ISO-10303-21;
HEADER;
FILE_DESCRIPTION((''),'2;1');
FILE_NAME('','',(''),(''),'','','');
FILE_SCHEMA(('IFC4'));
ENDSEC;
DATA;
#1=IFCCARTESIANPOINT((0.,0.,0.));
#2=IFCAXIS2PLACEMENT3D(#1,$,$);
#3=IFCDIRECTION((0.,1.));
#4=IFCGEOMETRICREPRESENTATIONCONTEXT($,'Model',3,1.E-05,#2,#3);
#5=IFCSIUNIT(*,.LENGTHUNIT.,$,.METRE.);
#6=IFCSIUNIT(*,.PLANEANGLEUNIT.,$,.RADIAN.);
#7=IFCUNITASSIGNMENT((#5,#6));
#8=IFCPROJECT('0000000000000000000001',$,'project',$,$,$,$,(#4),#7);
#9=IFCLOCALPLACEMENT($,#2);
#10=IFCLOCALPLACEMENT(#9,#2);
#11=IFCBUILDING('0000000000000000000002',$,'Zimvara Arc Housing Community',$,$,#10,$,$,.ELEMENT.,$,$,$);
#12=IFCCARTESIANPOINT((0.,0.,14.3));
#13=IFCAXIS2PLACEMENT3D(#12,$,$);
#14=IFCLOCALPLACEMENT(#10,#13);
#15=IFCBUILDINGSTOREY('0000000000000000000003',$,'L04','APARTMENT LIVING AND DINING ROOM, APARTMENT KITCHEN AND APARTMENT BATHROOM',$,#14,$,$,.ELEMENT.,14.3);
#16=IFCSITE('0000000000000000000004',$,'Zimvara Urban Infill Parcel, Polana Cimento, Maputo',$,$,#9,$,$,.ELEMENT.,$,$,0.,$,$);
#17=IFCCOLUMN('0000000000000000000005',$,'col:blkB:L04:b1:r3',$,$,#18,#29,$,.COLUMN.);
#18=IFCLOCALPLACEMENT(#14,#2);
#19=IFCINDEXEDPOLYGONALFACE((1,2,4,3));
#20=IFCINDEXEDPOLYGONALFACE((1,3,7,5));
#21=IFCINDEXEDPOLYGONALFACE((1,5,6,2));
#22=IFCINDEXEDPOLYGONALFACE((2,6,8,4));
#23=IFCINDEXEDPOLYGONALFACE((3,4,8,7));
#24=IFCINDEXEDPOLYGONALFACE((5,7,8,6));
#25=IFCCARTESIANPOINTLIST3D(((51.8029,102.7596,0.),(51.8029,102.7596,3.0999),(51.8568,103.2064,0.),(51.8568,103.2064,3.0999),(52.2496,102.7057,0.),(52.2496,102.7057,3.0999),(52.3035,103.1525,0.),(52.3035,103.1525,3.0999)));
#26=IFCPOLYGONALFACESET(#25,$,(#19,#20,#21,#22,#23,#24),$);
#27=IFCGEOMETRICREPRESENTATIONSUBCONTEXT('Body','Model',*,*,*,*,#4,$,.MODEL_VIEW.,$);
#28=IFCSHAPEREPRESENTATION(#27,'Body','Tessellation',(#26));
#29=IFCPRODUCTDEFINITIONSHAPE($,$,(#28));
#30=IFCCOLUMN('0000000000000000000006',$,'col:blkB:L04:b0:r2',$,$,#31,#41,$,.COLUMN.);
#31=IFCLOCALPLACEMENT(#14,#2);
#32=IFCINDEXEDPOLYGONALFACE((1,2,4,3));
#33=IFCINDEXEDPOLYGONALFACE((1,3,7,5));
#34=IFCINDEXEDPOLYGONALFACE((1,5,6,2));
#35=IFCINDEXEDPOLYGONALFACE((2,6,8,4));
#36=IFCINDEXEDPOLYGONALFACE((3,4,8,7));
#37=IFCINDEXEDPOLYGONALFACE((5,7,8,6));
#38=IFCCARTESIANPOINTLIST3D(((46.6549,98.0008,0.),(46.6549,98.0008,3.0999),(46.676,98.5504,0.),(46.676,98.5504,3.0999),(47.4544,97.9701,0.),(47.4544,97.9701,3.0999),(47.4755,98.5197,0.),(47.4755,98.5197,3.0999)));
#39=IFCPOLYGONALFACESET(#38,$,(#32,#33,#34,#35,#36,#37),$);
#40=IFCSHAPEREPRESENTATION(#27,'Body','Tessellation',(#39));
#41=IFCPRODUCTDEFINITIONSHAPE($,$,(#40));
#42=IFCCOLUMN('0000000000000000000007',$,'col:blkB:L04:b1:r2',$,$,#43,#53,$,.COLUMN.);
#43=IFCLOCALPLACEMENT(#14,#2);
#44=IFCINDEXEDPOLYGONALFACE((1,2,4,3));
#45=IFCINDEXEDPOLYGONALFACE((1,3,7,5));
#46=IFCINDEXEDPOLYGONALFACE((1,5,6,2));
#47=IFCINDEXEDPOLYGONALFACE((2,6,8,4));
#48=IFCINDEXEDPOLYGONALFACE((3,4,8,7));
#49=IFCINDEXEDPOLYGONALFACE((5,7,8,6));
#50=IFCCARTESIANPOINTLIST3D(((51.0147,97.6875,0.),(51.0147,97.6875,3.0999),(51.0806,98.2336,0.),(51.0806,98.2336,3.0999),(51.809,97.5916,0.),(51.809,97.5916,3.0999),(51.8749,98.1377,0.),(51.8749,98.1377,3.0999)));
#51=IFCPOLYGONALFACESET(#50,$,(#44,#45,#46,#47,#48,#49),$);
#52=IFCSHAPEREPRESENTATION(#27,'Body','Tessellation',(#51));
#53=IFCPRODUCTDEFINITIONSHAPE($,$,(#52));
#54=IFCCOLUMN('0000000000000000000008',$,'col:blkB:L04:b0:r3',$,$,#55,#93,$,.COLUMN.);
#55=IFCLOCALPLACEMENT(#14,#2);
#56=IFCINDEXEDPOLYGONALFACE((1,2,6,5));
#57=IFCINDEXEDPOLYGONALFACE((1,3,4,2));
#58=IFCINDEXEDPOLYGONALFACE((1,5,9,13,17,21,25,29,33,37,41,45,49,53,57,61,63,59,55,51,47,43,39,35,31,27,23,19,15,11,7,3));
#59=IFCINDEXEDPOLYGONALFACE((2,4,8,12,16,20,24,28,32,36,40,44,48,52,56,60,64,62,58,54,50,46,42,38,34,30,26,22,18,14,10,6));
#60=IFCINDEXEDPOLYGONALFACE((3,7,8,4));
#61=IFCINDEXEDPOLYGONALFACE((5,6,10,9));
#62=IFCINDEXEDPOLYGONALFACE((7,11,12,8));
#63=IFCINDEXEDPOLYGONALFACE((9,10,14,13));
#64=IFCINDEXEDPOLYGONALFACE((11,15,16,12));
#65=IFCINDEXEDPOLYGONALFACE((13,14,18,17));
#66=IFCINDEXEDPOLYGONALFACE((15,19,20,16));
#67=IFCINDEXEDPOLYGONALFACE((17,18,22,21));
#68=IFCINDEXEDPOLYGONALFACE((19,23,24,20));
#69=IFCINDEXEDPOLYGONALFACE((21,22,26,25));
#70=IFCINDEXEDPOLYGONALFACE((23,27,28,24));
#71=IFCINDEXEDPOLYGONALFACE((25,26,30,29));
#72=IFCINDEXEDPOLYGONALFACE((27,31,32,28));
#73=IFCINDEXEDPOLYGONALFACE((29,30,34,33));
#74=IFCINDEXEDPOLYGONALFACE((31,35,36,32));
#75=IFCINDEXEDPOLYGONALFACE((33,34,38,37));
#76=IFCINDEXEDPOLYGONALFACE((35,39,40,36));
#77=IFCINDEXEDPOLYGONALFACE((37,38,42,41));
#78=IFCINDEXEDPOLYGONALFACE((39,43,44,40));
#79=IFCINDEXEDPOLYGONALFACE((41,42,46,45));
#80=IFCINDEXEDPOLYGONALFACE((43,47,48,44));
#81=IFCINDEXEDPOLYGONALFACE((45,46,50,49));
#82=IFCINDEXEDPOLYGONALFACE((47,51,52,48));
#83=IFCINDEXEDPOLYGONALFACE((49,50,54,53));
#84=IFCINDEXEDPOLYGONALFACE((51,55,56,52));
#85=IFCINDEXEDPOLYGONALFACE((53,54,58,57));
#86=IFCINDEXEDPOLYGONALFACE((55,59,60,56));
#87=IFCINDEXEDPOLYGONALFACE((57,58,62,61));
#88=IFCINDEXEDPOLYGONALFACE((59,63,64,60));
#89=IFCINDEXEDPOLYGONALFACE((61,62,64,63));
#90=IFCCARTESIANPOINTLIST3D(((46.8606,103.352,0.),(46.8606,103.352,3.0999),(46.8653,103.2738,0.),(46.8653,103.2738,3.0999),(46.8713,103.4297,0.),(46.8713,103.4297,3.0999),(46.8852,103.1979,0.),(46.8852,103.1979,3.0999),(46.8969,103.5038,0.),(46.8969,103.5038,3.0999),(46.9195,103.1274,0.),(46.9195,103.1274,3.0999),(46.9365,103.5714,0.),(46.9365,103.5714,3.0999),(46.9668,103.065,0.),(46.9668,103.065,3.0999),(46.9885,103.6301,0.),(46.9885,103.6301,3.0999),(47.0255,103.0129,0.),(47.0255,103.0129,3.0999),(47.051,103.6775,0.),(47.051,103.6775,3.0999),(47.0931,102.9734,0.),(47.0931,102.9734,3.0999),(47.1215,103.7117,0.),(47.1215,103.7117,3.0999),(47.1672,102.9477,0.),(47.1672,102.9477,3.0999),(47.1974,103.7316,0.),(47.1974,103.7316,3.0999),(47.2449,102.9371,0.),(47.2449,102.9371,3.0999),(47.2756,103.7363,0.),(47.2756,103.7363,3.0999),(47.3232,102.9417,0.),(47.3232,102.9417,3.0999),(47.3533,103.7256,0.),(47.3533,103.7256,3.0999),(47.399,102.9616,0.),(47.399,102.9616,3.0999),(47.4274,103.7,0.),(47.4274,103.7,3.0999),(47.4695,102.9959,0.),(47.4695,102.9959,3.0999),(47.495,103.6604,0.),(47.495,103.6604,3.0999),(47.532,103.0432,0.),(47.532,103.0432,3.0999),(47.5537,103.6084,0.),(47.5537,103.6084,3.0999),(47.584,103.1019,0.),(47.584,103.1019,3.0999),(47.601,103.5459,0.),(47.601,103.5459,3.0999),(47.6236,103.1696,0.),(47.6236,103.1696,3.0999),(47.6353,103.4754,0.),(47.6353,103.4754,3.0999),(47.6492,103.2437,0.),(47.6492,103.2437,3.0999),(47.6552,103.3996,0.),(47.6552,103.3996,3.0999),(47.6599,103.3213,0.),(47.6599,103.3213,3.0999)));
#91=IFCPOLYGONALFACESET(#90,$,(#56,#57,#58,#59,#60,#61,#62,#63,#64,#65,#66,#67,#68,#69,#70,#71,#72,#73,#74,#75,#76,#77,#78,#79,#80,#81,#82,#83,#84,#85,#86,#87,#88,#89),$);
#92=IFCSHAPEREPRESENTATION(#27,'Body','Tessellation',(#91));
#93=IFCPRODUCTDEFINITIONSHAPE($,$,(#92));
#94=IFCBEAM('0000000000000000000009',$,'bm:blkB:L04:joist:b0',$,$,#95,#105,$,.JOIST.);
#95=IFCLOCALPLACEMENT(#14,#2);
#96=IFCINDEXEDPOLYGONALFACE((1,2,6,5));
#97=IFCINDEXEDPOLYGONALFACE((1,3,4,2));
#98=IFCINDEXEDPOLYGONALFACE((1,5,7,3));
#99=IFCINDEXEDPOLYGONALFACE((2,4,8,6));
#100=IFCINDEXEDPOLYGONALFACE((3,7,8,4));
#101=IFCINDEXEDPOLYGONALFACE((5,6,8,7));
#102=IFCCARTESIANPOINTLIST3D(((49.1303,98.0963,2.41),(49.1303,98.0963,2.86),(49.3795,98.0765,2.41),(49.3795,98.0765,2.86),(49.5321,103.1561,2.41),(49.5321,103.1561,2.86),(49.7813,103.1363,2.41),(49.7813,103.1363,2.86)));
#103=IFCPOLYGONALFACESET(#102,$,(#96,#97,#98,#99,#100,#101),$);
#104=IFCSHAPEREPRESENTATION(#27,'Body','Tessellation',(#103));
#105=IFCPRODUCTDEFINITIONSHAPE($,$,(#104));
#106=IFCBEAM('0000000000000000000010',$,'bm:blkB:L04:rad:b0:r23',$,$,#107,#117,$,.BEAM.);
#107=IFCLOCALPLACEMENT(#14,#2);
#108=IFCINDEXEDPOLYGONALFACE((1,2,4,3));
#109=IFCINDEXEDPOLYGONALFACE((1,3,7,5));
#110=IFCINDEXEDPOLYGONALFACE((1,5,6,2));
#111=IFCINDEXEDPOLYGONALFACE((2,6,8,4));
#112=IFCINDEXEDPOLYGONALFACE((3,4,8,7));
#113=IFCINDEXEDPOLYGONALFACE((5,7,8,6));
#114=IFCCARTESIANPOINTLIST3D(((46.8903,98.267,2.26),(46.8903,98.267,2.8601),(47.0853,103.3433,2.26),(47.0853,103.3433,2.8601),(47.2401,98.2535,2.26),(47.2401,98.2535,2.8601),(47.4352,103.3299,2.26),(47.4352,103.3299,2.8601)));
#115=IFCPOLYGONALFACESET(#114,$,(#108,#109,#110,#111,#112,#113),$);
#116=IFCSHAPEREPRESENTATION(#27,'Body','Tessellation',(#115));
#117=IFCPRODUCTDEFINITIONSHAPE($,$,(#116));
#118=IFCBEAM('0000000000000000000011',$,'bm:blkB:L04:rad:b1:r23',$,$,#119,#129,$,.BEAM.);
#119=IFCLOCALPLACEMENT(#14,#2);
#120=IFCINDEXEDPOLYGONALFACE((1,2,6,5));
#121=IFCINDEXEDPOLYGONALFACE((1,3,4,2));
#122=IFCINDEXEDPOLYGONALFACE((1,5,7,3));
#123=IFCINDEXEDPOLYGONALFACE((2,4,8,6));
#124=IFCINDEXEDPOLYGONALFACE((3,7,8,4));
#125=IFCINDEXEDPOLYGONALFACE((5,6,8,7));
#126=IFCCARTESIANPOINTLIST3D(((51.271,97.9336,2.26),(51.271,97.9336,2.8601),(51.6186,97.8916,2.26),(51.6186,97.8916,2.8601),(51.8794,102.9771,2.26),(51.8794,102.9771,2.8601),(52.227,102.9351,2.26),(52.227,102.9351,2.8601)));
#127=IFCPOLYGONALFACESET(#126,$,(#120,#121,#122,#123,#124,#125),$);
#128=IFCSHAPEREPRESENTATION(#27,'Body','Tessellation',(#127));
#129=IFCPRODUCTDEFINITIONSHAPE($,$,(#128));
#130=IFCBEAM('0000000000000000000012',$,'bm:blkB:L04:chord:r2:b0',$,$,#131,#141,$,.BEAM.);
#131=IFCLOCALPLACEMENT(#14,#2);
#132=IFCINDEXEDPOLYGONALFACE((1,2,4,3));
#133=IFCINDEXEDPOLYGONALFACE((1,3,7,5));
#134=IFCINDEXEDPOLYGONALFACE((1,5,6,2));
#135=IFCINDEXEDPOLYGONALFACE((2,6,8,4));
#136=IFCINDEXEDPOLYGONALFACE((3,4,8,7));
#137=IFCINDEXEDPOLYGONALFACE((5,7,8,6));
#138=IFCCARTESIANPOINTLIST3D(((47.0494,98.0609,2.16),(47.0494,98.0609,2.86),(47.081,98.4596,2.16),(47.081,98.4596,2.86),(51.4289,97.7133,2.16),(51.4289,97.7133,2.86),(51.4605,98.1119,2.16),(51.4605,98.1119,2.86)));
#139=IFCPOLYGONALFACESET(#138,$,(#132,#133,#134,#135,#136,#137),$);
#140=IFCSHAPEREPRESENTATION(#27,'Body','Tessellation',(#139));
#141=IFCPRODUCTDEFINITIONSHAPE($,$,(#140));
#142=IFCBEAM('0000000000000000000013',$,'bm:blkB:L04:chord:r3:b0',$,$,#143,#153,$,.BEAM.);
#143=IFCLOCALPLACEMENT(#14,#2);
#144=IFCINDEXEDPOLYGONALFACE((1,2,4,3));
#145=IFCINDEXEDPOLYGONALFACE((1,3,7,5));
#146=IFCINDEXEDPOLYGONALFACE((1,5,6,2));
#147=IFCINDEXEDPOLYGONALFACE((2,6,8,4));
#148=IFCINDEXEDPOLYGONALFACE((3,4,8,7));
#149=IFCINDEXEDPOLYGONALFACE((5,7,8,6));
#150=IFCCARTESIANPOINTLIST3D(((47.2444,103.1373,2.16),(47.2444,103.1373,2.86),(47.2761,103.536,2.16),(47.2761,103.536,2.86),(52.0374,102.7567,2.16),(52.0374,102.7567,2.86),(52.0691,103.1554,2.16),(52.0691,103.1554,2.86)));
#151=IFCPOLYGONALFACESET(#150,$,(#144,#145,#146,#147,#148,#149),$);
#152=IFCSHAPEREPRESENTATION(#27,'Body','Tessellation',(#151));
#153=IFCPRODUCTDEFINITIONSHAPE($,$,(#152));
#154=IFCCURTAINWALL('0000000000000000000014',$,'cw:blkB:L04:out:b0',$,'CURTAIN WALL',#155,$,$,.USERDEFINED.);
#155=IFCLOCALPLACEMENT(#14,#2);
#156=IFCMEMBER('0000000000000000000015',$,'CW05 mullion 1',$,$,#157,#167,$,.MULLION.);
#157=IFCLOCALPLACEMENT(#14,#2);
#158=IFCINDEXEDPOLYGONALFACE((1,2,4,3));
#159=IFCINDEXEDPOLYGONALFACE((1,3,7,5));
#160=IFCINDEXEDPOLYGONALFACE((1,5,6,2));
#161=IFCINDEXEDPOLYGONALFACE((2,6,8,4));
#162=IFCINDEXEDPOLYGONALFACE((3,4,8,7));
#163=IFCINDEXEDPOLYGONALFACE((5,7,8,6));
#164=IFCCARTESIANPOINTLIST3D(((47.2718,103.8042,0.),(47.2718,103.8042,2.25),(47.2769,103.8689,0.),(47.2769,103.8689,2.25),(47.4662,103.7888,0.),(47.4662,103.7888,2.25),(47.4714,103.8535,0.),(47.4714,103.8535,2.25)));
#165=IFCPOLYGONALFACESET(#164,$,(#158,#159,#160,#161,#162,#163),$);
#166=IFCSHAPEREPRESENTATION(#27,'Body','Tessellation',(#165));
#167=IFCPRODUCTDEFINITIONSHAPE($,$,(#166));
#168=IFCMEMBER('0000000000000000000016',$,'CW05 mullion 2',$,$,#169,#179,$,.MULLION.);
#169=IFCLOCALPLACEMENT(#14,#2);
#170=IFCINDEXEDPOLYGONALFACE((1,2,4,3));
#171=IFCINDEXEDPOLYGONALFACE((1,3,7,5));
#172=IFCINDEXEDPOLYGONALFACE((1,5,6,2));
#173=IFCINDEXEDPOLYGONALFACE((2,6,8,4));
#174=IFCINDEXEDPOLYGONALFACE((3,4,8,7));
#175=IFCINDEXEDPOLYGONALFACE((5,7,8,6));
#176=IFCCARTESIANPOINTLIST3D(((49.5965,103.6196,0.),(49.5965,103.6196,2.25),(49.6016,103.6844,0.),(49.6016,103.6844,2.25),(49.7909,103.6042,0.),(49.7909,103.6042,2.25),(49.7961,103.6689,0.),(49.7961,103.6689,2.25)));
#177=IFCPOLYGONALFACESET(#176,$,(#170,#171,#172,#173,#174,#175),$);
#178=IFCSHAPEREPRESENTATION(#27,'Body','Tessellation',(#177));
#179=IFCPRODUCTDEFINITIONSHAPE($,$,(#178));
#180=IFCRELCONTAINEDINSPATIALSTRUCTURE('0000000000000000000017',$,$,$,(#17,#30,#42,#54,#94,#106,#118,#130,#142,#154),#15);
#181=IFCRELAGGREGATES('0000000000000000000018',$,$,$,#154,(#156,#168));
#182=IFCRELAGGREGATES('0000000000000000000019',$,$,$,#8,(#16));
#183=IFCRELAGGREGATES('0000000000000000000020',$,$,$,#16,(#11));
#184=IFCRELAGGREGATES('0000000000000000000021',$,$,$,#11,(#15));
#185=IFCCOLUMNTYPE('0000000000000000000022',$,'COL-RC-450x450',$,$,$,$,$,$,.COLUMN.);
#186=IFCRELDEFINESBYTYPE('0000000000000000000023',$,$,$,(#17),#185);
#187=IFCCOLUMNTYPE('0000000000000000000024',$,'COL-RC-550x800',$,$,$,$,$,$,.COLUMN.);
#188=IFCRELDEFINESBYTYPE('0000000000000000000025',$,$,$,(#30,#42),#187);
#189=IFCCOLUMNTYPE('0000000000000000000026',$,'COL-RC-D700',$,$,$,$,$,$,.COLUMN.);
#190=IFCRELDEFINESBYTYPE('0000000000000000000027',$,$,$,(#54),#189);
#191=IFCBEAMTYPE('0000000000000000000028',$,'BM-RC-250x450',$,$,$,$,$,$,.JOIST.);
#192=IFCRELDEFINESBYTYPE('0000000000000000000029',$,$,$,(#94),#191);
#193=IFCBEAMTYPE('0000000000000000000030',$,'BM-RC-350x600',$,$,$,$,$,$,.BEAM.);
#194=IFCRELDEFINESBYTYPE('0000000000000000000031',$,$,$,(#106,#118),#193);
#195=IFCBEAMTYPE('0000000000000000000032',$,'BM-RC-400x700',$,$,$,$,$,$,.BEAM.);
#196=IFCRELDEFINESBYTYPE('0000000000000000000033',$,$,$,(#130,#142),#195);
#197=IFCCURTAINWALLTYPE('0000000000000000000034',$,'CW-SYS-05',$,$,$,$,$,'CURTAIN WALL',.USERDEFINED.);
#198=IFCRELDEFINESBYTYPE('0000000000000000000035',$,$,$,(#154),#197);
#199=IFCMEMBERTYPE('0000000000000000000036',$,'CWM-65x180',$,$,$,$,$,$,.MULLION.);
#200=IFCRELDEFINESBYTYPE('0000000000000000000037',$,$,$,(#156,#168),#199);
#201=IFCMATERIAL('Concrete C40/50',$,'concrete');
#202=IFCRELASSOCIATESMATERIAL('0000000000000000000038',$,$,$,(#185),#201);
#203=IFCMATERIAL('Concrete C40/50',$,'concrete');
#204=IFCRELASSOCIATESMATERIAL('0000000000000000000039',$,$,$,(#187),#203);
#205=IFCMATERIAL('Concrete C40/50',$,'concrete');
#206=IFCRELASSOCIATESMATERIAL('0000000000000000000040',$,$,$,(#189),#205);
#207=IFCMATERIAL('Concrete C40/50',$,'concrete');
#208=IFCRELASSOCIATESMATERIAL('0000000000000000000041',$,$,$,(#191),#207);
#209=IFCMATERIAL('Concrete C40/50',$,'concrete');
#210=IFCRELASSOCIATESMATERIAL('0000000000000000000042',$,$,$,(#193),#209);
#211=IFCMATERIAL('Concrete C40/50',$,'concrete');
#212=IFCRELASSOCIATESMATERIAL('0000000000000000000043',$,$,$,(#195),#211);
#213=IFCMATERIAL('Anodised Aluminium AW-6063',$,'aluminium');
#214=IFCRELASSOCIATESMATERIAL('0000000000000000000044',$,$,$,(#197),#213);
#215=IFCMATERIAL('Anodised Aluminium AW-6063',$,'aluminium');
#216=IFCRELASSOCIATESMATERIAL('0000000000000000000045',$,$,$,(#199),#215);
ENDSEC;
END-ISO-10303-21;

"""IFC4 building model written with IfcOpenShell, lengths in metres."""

from ifc_helpers import new_model, si_unit, direction, frame, origin, origin_2d, place, context, subcontext, project, spatial, rectangle, circle, extrude, material, material_profile, profile_set, type_object, element, aggregate, save


model = new_model("IFC4")

# Units and contexts
model_context = context("Model", 3, precision=1e-05, world=origin(), true_north=direction((0.0, 1.0)))
body_context = subcontext(model_context, "Body", "Model", "MODEL_VIEW")
ifc_project = project(units=[si_unit("LENGTHUNIT", "METRE"), si_unit("PLANEANGLEUNIT", "RADIAN")], contexts=[model_context])

# Site, building, storey
site_placement = place(None, origin())
site = spatial("IfcSite", under=ifc_project, at=site_placement, Name="Zimvara Urban Infill Parcel, Polana Cimento, Maputo", CompositionType="ELEMENT", RefElevation=0.0)
building_placement = place(site_placement, origin())
building = spatial("IfcBuilding", under=site, at=building_placement, Name="Zimvara Arc Housing Community", CompositionType="ELEMENT")
storey_placement = place(building_placement, frame((0.0, 0.0, 14.3)))
storey = spatial("IfcBuildingStorey", under=building, at=storey_placement, Name="L04", Description="APARTMENT LIVING AND DINING ROOM, APARTMENT KITCHEN AND APARTMENT BATHROOM", CompositionType="ELEMENT", Elevation=14.3)

# Columns
ifc_material_1 = material(Name="Concrete C40/50", Category="concrete")
ifc_material_profile_1 = material_profile(ifc_material_1, rectangle(XDim=0.45, YDim=0.45, at=origin_2d()), Name="RC 450x450")
ifc_profile_set_1 = profile_set([ifc_material_profile_1], Name="Concrete C40/50")
column_type_1 = type_object("IfcColumnType", Name="COL-RC-450x450", PredefinedType="COLUMN", material=ifc_profile_set_1)
column_1_placement = place(storey_placement, frame((52.0532, 102.9561, 0.0), z_axis=(0.0, 0.0, 1.0), x_axis=(0.11979, 0.992799, 0.0)))
element("IfcColumn", 1, at=column_1_placement, inside=storey, type_object=column_type_1, Name="col:blkB:L04:b1:r3", PredefinedType="COLUMN", context=body_context, shape_type="SweptSolid", body=[
    extrude(rectangle(XDim=0.45, YDim=0.45, at=origin_2d()), origin(), (0.0, 0.0, 1.0), 3.0999),
])
ifc_material_2 = material(Name="Concrete C40/50", Category="concrete")
ifc_material_profile_2 = material_profile(ifc_material_2, rectangle(XDim=0.55, YDim=0.8, at=origin_2d()), Name="RC 550x800")
ifc_profile_set_2 = profile_set([ifc_material_profile_2], Name="Concrete C40/50")
column_type_2 = type_object("IfcColumnType", Name="COL-RC-550x800", PredefinedType="COLUMN", material=ifc_profile_set_2)
for number, where, z_axis, x_axis, name in (
    (2, (47.0652, 98.2603, 0.0), (0.0, 0.0, 1.0), (0.038388, 0.999263, 0.0), "col:blkB:L04:b0:r2"),
    (3, (51.4448, 97.9126, 0.0), (0.0, 0.0, 1.0), (0.11979, 0.992799, 0.0), "col:blkB:L04:b1:r2"),
):
    element("IfcColumn", number, at=place(storey_placement, frame(where, z_axis=z_axis, x_axis=x_axis)), inside=storey, type_object=column_type_2, Name=name, PredefinedType="COLUMN", context=body_context, shape_type="SweptSolid", body=[
        extrude(rectangle(XDim=0.55, YDim=0.8, at=origin_2d()), origin(), (0.0, 0.0, 1.0), 3.0999),
    ])
ifc_material_3 = material(Name="Concrete C40/50", Category="concrete")
ifc_material_profile_3 = material_profile(ifc_material_3, circle(Radius=0.3999, at=origin_2d()), Name="RC D800")
ifc_profile_set_3 = profile_set([ifc_material_profile_3], Name="Concrete C40/50")
column_type_3 = type_object("IfcColumnType", Name="COL-RC-D700", PredefinedType="COLUMN", material=ifc_profile_set_3)
column_2_placement = place(storey_placement, frame((47.2603, 103.3367, 0.0), z_axis=(0.0, 0.0, 1.0), x_axis=(0.038388, 0.999263, 0.0)))
element("IfcColumn", 4, at=column_2_placement, inside=storey, type_object=column_type_3, Name="col:blkB:L04:b0:r3", PredefinedType="COLUMN", context=body_context, shape_type="SweptSolid", body=[
    extrude(circle(Radius=0.3999, at=origin_2d()), origin(), (0.0, 0.0, 1.0), 3.0999),
])

# Beams
ifc_material_4 = material(Name="Concrete C40/50", Category="concrete")
ifc_material_profile_4 = material_profile(ifc_material_4, rectangle(XDim=0.25, YDim=0.45, at=origin_2d()), Name="RC 250x450")
ifc_profile_set_4 = profile_set([ifc_material_profile_4], Name="Concrete C40/50")
beam_type_1 = type_object("IfcBeamType", Name="BM-RC-250x450", PredefinedType="JOIST", material=ifc_profile_set_4)
beam_1_placement = place(storey_placement, frame((49.2549, 98.0864, 2.635), z_axis=(0.079172, 0.996861, 0.0), x_axis=(-0.996861, 0.079172, 0.0)))
element("IfcBeam", 5, at=beam_1_placement, inside=storey, type_object=beam_type_1, Name="bm:blkB:L04:joist:b0", PredefinedType="JOIST", context=body_context, shape_type="SweptSolid", body=[
    extrude(rectangle(XDim=0.25, YDim=0.45, at=origin_2d()), origin(), (0.0, 0.0, 1.0), 5.0757),
])
ifc_material_5 = material(Name="Concrete C40/50", Category="concrete")
ifc_material_profile_5 = material_profile(ifc_material_5, rectangle(XDim=0.3501, YDim=0.6001, at=origin_2d()), Name="RC 350x600")
ifc_profile_set_5 = profile_set([ifc_material_profile_5], Name="Concrete C40/50")
beam_type_2 = type_object("IfcBeamType", Name="BM-RC-350x600", PredefinedType="BEAM", material=ifc_profile_set_5)
for number, where, z_axis, x_axis, name in (
    (6, (47.0652, 98.2603, 2.5601), (0.038398, 0.999263, 0.0), (-0.999263, 0.038398, 0.0), "bm:blkB:L04:rad:b0:r23"),
    (7, (51.4448, 97.9126, 2.5601), (0.119763, 0.992803, 0.0), (-0.992803, 0.119763, 0.0), "bm:blkB:L04:rad:b1:r23"),
):
    element("IfcBeam", number, at=place(storey_placement, frame(where, z_axis=z_axis, x_axis=x_axis)), inside=storey, type_object=beam_type_2, Name=name, PredefinedType="BEAM", context=body_context, shape_type="SweptSolid", body=[
        extrude(rectangle(XDim=0.3501, YDim=0.6001, at=origin_2d()), origin(), (0.0, 0.0, 1.0), 5.0801),
    ])
ifc_material_6 = material(Name="Concrete C40/50", Category="concrete")
ifc_material_profile_6 = material_profile(ifc_material_6, rectangle(XDim=0.3999, YDim=0.7, at=origin_2d()), Name="RC 400x700")
ifc_profile_set_6 = profile_set([ifc_material_profile_6], Name="Concrete C40/50")
beam_type_3 = type_object("IfcBeamType", Name="BM-RC-400x700", PredefinedType="BEAM", material=ifc_profile_set_6)
beam_2_placement = place(storey_placement, frame((47.0652, 98.2603, 2.51), z_axis=(0.996864, -0.079131, 0.0), x_axis=(0.079131, 0.996864, 0.0)))
element("IfcBeam", 8, at=beam_2_placement, inside=storey, type_object=beam_type_3, Name="bm:blkB:L04:chord:r2:b0", PredefinedType="BEAM", context=body_context, shape_type="SweptSolid", body=[
    extrude(rectangle(XDim=0.3999, YDim=0.7, at=origin_2d()), origin(), (0.0, 0.0, 1.0), 4.3933),
])
beam_3_placement = place(storey_placement, frame((47.2603, 103.3367, 2.51), z_axis=(0.996862, -0.079162, 0.0), x_axis=(0.079162, 0.996862, 0.0)))
element("IfcBeam", 9, at=beam_3_placement, inside=storey, type_object=beam_type_3, Name="bm:blkB:L04:chord:r3:b0", PredefinedType="BEAM", context=body_context, shape_type="SweptSolid", body=[
    extrude(rectangle(XDim=0.3999, YDim=0.7, at=origin_2d()), origin(), (0.0, 0.0, 1.0), 4.8081),
])

# Curtain wall, members
ifc_material_7 = material(Name="Anodised Aluminium AW-6063", Category="aluminium")
curtain_wall_type = type_object("IfcCurtainWallType", Name="CW-SYS-05", ElementType="CURTAIN WALL", PredefinedType="USERDEFINED", material=ifc_material_7)
curtain_wall_placement = place(storey_placement, origin())
curtain_wall = element("IfcCurtainWall", 10, at=curtain_wall_placement, inside=storey, type_object=curtain_wall_type, Name="cw:blkB:L04:out:b0", ObjectType="CURTAIN WALL", PredefinedType="USERDEFINED")
ifc_material_8 = material(Name="Anodised Aluminium AW-6063", Category="aluminium")
ifc_material_profile_7 = material_profile(ifc_material_8, rectangle(XDim=0.0649, YDim=0.1951, at=origin_2d()), Name="ALU 65x195")
ifc_profile_set_7 = profile_set([ifc_material_profile_7], Name="Anodised Aluminium AW-6063")
member_type_1 = type_object("IfcMemberType", Name="CWM-65x180", PredefinedType="MULLION", material=ifc_profile_set_7)
member_1_placement = place(storey_placement, frame((47.3716, 103.8289, 0.0), z_axis=(0.0, 0.0, 1.0), x_axis=(0.079154, 0.996862, 0.0)))
member_1 = element("IfcMember", 11, at=member_1_placement, type_object=member_type_1, Name="CW05 mullion 1", PredefinedType="MULLION", context=body_context, shape_type="SweptSolid", body=[
    extrude(rectangle(XDim=0.0649, YDim=0.1951, at=origin_2d()), origin(), (0.0, 0.0, 1.0), 2.25),
])
member_2_placement = place(storey_placement, frame((49.6963, 103.6443, 0.0), z_axis=(0.0, 0.0, 1.0), x_axis=(0.079154, 0.996862, 0.0)))
member_2 = element("IfcMember", 12, at=member_2_placement, type_object=member_type_1, Name="CW05 mullion 2", PredefinedType="MULLION", context=body_context, shape_type="SweptSolid", body=[
    extrude(rectangle(XDim=0.0649, YDim=0.1951, at=origin_2d()), origin(), (0.0, 0.0, 1.0), 2.25),
])
aggregate(curtain_wall, [member_1, member_2])

save(model, "model.ifc")
